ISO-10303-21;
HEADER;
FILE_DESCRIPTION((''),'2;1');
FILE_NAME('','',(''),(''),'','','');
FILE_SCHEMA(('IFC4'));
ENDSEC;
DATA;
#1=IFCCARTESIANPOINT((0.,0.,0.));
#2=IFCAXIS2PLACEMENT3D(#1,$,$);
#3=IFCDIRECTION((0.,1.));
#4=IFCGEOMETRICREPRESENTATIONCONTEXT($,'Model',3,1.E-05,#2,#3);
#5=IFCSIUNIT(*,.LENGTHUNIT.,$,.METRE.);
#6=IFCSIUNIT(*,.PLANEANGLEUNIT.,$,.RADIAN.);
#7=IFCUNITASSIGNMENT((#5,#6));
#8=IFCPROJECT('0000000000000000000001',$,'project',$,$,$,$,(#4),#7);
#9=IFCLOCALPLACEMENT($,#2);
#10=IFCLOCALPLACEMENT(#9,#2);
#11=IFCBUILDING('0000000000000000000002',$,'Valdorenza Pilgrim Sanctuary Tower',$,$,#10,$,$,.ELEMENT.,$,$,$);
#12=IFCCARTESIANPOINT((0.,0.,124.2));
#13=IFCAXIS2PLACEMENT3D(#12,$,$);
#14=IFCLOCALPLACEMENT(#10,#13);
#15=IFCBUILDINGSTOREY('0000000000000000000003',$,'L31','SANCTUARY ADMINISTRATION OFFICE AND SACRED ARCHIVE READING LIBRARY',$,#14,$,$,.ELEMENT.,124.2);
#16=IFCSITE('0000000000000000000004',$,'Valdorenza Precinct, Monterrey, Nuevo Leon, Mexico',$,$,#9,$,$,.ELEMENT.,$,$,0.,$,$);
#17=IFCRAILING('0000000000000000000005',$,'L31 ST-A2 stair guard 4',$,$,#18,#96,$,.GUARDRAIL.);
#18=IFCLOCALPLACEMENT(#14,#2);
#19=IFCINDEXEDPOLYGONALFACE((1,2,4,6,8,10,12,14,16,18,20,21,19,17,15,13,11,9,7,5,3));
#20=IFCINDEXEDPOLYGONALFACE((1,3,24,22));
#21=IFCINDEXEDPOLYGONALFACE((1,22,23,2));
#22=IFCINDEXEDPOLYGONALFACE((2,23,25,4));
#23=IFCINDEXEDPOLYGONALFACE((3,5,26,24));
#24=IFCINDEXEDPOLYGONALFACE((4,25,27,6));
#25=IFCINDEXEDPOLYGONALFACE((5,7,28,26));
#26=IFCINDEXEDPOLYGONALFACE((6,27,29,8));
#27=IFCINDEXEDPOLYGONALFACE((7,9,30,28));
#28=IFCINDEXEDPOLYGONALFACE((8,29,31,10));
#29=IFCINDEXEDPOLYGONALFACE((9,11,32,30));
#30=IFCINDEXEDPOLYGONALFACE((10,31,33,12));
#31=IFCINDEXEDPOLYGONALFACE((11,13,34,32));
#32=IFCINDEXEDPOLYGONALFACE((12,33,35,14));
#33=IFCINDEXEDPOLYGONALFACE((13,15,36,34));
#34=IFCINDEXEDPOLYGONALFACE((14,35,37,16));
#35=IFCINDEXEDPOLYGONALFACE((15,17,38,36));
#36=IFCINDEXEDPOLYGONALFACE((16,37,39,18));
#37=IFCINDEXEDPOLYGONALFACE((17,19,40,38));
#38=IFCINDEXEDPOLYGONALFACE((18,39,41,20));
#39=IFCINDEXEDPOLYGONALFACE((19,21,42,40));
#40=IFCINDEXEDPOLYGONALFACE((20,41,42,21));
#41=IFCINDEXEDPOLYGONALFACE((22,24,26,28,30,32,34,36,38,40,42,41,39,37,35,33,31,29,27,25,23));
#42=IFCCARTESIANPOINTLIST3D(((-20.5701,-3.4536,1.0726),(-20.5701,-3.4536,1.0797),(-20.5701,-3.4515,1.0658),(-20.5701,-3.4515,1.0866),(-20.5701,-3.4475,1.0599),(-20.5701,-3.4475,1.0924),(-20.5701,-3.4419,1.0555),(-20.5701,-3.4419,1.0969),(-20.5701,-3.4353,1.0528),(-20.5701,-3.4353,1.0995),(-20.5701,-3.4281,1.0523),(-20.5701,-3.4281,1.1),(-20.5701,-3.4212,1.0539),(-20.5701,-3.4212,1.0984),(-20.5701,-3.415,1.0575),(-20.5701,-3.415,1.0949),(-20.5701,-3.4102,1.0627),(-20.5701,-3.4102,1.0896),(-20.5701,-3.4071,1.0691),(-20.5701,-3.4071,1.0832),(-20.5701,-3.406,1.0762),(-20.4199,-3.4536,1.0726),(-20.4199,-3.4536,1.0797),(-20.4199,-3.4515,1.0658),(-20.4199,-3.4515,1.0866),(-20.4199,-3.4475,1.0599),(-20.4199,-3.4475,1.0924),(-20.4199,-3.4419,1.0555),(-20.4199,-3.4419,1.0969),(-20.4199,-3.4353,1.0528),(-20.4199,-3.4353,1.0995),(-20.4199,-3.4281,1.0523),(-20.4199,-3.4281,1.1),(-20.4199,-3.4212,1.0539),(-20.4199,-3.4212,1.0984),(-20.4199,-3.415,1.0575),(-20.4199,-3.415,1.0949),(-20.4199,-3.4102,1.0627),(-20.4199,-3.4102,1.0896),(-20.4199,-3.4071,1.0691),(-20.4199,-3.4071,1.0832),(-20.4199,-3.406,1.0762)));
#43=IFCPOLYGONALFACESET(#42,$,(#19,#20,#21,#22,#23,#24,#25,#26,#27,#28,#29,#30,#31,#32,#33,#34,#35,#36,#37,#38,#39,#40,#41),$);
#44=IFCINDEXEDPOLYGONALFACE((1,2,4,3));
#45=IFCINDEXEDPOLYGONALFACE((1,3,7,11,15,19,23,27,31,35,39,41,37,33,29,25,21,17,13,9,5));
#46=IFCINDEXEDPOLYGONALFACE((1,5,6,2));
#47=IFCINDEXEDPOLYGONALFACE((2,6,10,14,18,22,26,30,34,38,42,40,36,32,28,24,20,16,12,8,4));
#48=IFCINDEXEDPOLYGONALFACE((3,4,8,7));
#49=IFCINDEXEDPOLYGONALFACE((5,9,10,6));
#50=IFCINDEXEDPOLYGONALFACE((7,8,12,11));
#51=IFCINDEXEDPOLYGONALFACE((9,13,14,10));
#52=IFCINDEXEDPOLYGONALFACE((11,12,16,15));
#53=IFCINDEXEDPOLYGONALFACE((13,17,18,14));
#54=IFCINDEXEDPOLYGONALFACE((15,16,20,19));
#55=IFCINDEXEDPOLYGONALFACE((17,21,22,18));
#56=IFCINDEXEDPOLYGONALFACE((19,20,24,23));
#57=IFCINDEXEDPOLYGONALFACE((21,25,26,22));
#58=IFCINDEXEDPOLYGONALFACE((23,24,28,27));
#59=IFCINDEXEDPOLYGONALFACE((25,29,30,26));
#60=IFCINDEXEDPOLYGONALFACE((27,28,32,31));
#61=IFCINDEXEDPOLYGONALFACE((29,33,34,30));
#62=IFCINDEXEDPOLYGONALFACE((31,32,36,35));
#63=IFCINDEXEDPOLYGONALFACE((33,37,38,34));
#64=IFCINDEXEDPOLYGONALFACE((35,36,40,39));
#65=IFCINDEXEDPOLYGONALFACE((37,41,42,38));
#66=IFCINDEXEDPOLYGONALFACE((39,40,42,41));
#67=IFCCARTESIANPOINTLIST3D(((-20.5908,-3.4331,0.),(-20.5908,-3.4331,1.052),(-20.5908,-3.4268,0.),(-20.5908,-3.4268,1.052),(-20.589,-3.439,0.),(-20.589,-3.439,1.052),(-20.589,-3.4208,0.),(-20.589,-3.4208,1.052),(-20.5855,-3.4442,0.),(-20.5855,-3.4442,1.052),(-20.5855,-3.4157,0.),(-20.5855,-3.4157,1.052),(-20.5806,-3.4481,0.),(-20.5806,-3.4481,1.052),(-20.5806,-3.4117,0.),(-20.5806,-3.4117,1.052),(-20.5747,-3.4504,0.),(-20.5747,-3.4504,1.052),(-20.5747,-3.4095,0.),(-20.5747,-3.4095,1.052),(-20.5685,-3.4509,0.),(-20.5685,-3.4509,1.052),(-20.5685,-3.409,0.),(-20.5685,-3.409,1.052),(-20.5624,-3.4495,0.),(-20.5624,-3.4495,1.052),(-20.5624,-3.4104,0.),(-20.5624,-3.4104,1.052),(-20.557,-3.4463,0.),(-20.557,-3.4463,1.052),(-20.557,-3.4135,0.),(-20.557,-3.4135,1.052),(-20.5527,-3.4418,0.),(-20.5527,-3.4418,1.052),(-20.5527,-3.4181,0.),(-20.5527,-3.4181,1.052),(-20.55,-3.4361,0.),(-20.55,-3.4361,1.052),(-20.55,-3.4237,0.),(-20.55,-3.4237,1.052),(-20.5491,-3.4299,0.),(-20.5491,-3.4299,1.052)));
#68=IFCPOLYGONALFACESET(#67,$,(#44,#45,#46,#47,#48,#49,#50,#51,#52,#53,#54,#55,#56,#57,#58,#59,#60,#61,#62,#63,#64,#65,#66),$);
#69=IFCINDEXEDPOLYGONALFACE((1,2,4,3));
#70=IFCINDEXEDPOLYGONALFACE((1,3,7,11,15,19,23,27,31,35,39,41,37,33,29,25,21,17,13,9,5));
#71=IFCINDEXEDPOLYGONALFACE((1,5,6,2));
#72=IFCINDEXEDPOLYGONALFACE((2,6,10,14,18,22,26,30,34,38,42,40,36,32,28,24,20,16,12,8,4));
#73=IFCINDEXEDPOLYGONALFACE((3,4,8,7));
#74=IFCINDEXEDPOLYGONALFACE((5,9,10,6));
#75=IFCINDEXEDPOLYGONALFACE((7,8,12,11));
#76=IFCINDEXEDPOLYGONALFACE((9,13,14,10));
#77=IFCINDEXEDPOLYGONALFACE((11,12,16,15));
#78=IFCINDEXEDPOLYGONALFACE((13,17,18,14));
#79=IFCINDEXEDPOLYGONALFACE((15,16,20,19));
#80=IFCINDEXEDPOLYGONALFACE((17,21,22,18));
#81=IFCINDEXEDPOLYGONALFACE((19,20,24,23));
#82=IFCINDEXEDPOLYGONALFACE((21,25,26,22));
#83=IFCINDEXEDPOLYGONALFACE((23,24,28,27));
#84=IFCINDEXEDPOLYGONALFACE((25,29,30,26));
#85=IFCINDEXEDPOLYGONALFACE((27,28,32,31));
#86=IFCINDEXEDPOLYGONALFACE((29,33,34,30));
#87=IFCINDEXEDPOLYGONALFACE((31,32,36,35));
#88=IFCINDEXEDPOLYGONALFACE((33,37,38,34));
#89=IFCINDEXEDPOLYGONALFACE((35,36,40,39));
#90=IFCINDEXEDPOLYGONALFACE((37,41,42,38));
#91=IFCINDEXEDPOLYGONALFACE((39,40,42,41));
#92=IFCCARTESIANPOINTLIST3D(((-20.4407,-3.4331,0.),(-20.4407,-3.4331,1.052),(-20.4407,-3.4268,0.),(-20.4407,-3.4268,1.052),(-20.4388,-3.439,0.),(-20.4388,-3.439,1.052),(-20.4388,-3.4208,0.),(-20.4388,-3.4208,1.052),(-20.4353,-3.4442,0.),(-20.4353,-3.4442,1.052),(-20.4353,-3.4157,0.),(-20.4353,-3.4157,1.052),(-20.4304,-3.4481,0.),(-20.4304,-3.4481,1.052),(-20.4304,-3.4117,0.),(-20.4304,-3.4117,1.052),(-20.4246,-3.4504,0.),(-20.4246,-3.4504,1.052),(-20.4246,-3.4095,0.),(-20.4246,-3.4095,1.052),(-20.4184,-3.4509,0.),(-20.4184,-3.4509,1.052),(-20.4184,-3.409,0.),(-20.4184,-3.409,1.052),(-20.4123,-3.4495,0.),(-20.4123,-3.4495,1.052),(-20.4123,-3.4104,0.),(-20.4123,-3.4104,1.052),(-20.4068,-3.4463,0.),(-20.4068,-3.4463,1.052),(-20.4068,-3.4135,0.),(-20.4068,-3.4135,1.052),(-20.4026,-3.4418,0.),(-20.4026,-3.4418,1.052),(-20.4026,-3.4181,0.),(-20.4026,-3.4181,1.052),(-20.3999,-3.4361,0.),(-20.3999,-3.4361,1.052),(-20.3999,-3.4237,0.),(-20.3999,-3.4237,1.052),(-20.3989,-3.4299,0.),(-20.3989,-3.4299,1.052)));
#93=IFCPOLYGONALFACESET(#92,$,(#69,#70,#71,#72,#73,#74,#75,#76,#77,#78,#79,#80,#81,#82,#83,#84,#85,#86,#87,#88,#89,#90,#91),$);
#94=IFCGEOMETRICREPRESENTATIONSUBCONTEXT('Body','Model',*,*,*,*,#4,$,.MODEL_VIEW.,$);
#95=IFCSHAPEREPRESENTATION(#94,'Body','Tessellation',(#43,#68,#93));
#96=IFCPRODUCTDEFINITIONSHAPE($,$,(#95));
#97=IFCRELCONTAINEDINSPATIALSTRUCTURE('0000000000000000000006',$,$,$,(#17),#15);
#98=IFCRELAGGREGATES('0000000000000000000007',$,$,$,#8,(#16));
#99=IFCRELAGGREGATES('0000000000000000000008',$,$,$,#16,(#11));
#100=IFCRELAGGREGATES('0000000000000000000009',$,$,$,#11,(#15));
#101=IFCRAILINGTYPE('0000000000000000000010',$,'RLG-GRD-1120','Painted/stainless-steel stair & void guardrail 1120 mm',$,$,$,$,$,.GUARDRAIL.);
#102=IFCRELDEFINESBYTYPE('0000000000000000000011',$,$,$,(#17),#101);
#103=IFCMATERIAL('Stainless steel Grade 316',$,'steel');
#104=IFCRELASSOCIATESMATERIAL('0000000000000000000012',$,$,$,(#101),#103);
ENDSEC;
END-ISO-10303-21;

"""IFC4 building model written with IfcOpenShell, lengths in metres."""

from ifc_helpers import new_model, si_unit, direction, frame, origin, origin_2d, place, context, subcontext, project, spatial, circle, extrude, material, type_object, element, save


model = new_model("IFC4")

# Units and contexts
model_context = context("Model", 3, precision=1e-05, world=origin(), true_north=direction((0.0, 1.0)))
body_context = subcontext(model_context, "Body", "Model", "MODEL_VIEW")
ifc_project = project(units=[si_unit("LENGTHUNIT", "METRE"), si_unit("PLANEANGLEUNIT", "RADIAN")], contexts=[model_context])

# Site, building, storey
site_placement = place(None, origin())
site = spatial("IfcSite", under=ifc_project, at=site_placement, Name="Valdorenza Precinct, Monterrey, Nuevo Leon, Mexico", CompositionType="ELEMENT", RefElevation=0.0)
building_placement = place(site_placement, origin())
building = spatial("IfcBuilding", under=site, at=building_placement, Name="Valdorenza Pilgrim Sanctuary Tower", CompositionType="ELEMENT")
storey_placement = place(building_placement, frame((0.0, 0.0, 124.2)))
storey = spatial("IfcBuildingStorey", under=building, at=storey_placement, Name="L31", Description="SANCTUARY ADMINISTRATION OFFICE AND SACRED ARCHIVE READING LIBRARY", CompositionType="ELEMENT", Elevation=124.2)

# Railing
ifc_material_1 = material(Name="Stainless steel Grade 316", Category="steel")
railing_type_1 = type_object("IfcRailingType", Name="RLG-GRD-1120", Description="Painted/stainless-steel stair & void guardrail 1120 mm", PredefinedType="GUARDRAIL", material=ifc_material_1)
railing_1_placement = place(storey_placement, frame((-20.5701, -3.4299, 0.0)))
element("IfcRailing", 1, at=railing_1_placement, inside=storey, type_object=railing_type_1, Name="L31 ST-A2 stair guard 4", PredefinedType="GUARDRAIL", context=body_context, shape_type="SweptSolid", body=[
    extrude(circle(Radius=0.0239, at=origin_2d()), frame((0.0, 0.0, 1.0762), z_axis=(1.0, 0.0, 0.0), x_axis=(0.0, 1.0, 0.0)), (0.0, 0.0, 1.0), 0.1501),
    extrude(circle(Radius=0.021, at=origin_2d()), origin(), (0.0, 0.0, 1.0), 1.052),
    extrude(circle(Radius=0.021, at=origin_2d()), frame((0.1501, 0.0, 0.0)), (0.0, 0.0, 1.0), 1.052),
])

save(model, "model.ifc")
